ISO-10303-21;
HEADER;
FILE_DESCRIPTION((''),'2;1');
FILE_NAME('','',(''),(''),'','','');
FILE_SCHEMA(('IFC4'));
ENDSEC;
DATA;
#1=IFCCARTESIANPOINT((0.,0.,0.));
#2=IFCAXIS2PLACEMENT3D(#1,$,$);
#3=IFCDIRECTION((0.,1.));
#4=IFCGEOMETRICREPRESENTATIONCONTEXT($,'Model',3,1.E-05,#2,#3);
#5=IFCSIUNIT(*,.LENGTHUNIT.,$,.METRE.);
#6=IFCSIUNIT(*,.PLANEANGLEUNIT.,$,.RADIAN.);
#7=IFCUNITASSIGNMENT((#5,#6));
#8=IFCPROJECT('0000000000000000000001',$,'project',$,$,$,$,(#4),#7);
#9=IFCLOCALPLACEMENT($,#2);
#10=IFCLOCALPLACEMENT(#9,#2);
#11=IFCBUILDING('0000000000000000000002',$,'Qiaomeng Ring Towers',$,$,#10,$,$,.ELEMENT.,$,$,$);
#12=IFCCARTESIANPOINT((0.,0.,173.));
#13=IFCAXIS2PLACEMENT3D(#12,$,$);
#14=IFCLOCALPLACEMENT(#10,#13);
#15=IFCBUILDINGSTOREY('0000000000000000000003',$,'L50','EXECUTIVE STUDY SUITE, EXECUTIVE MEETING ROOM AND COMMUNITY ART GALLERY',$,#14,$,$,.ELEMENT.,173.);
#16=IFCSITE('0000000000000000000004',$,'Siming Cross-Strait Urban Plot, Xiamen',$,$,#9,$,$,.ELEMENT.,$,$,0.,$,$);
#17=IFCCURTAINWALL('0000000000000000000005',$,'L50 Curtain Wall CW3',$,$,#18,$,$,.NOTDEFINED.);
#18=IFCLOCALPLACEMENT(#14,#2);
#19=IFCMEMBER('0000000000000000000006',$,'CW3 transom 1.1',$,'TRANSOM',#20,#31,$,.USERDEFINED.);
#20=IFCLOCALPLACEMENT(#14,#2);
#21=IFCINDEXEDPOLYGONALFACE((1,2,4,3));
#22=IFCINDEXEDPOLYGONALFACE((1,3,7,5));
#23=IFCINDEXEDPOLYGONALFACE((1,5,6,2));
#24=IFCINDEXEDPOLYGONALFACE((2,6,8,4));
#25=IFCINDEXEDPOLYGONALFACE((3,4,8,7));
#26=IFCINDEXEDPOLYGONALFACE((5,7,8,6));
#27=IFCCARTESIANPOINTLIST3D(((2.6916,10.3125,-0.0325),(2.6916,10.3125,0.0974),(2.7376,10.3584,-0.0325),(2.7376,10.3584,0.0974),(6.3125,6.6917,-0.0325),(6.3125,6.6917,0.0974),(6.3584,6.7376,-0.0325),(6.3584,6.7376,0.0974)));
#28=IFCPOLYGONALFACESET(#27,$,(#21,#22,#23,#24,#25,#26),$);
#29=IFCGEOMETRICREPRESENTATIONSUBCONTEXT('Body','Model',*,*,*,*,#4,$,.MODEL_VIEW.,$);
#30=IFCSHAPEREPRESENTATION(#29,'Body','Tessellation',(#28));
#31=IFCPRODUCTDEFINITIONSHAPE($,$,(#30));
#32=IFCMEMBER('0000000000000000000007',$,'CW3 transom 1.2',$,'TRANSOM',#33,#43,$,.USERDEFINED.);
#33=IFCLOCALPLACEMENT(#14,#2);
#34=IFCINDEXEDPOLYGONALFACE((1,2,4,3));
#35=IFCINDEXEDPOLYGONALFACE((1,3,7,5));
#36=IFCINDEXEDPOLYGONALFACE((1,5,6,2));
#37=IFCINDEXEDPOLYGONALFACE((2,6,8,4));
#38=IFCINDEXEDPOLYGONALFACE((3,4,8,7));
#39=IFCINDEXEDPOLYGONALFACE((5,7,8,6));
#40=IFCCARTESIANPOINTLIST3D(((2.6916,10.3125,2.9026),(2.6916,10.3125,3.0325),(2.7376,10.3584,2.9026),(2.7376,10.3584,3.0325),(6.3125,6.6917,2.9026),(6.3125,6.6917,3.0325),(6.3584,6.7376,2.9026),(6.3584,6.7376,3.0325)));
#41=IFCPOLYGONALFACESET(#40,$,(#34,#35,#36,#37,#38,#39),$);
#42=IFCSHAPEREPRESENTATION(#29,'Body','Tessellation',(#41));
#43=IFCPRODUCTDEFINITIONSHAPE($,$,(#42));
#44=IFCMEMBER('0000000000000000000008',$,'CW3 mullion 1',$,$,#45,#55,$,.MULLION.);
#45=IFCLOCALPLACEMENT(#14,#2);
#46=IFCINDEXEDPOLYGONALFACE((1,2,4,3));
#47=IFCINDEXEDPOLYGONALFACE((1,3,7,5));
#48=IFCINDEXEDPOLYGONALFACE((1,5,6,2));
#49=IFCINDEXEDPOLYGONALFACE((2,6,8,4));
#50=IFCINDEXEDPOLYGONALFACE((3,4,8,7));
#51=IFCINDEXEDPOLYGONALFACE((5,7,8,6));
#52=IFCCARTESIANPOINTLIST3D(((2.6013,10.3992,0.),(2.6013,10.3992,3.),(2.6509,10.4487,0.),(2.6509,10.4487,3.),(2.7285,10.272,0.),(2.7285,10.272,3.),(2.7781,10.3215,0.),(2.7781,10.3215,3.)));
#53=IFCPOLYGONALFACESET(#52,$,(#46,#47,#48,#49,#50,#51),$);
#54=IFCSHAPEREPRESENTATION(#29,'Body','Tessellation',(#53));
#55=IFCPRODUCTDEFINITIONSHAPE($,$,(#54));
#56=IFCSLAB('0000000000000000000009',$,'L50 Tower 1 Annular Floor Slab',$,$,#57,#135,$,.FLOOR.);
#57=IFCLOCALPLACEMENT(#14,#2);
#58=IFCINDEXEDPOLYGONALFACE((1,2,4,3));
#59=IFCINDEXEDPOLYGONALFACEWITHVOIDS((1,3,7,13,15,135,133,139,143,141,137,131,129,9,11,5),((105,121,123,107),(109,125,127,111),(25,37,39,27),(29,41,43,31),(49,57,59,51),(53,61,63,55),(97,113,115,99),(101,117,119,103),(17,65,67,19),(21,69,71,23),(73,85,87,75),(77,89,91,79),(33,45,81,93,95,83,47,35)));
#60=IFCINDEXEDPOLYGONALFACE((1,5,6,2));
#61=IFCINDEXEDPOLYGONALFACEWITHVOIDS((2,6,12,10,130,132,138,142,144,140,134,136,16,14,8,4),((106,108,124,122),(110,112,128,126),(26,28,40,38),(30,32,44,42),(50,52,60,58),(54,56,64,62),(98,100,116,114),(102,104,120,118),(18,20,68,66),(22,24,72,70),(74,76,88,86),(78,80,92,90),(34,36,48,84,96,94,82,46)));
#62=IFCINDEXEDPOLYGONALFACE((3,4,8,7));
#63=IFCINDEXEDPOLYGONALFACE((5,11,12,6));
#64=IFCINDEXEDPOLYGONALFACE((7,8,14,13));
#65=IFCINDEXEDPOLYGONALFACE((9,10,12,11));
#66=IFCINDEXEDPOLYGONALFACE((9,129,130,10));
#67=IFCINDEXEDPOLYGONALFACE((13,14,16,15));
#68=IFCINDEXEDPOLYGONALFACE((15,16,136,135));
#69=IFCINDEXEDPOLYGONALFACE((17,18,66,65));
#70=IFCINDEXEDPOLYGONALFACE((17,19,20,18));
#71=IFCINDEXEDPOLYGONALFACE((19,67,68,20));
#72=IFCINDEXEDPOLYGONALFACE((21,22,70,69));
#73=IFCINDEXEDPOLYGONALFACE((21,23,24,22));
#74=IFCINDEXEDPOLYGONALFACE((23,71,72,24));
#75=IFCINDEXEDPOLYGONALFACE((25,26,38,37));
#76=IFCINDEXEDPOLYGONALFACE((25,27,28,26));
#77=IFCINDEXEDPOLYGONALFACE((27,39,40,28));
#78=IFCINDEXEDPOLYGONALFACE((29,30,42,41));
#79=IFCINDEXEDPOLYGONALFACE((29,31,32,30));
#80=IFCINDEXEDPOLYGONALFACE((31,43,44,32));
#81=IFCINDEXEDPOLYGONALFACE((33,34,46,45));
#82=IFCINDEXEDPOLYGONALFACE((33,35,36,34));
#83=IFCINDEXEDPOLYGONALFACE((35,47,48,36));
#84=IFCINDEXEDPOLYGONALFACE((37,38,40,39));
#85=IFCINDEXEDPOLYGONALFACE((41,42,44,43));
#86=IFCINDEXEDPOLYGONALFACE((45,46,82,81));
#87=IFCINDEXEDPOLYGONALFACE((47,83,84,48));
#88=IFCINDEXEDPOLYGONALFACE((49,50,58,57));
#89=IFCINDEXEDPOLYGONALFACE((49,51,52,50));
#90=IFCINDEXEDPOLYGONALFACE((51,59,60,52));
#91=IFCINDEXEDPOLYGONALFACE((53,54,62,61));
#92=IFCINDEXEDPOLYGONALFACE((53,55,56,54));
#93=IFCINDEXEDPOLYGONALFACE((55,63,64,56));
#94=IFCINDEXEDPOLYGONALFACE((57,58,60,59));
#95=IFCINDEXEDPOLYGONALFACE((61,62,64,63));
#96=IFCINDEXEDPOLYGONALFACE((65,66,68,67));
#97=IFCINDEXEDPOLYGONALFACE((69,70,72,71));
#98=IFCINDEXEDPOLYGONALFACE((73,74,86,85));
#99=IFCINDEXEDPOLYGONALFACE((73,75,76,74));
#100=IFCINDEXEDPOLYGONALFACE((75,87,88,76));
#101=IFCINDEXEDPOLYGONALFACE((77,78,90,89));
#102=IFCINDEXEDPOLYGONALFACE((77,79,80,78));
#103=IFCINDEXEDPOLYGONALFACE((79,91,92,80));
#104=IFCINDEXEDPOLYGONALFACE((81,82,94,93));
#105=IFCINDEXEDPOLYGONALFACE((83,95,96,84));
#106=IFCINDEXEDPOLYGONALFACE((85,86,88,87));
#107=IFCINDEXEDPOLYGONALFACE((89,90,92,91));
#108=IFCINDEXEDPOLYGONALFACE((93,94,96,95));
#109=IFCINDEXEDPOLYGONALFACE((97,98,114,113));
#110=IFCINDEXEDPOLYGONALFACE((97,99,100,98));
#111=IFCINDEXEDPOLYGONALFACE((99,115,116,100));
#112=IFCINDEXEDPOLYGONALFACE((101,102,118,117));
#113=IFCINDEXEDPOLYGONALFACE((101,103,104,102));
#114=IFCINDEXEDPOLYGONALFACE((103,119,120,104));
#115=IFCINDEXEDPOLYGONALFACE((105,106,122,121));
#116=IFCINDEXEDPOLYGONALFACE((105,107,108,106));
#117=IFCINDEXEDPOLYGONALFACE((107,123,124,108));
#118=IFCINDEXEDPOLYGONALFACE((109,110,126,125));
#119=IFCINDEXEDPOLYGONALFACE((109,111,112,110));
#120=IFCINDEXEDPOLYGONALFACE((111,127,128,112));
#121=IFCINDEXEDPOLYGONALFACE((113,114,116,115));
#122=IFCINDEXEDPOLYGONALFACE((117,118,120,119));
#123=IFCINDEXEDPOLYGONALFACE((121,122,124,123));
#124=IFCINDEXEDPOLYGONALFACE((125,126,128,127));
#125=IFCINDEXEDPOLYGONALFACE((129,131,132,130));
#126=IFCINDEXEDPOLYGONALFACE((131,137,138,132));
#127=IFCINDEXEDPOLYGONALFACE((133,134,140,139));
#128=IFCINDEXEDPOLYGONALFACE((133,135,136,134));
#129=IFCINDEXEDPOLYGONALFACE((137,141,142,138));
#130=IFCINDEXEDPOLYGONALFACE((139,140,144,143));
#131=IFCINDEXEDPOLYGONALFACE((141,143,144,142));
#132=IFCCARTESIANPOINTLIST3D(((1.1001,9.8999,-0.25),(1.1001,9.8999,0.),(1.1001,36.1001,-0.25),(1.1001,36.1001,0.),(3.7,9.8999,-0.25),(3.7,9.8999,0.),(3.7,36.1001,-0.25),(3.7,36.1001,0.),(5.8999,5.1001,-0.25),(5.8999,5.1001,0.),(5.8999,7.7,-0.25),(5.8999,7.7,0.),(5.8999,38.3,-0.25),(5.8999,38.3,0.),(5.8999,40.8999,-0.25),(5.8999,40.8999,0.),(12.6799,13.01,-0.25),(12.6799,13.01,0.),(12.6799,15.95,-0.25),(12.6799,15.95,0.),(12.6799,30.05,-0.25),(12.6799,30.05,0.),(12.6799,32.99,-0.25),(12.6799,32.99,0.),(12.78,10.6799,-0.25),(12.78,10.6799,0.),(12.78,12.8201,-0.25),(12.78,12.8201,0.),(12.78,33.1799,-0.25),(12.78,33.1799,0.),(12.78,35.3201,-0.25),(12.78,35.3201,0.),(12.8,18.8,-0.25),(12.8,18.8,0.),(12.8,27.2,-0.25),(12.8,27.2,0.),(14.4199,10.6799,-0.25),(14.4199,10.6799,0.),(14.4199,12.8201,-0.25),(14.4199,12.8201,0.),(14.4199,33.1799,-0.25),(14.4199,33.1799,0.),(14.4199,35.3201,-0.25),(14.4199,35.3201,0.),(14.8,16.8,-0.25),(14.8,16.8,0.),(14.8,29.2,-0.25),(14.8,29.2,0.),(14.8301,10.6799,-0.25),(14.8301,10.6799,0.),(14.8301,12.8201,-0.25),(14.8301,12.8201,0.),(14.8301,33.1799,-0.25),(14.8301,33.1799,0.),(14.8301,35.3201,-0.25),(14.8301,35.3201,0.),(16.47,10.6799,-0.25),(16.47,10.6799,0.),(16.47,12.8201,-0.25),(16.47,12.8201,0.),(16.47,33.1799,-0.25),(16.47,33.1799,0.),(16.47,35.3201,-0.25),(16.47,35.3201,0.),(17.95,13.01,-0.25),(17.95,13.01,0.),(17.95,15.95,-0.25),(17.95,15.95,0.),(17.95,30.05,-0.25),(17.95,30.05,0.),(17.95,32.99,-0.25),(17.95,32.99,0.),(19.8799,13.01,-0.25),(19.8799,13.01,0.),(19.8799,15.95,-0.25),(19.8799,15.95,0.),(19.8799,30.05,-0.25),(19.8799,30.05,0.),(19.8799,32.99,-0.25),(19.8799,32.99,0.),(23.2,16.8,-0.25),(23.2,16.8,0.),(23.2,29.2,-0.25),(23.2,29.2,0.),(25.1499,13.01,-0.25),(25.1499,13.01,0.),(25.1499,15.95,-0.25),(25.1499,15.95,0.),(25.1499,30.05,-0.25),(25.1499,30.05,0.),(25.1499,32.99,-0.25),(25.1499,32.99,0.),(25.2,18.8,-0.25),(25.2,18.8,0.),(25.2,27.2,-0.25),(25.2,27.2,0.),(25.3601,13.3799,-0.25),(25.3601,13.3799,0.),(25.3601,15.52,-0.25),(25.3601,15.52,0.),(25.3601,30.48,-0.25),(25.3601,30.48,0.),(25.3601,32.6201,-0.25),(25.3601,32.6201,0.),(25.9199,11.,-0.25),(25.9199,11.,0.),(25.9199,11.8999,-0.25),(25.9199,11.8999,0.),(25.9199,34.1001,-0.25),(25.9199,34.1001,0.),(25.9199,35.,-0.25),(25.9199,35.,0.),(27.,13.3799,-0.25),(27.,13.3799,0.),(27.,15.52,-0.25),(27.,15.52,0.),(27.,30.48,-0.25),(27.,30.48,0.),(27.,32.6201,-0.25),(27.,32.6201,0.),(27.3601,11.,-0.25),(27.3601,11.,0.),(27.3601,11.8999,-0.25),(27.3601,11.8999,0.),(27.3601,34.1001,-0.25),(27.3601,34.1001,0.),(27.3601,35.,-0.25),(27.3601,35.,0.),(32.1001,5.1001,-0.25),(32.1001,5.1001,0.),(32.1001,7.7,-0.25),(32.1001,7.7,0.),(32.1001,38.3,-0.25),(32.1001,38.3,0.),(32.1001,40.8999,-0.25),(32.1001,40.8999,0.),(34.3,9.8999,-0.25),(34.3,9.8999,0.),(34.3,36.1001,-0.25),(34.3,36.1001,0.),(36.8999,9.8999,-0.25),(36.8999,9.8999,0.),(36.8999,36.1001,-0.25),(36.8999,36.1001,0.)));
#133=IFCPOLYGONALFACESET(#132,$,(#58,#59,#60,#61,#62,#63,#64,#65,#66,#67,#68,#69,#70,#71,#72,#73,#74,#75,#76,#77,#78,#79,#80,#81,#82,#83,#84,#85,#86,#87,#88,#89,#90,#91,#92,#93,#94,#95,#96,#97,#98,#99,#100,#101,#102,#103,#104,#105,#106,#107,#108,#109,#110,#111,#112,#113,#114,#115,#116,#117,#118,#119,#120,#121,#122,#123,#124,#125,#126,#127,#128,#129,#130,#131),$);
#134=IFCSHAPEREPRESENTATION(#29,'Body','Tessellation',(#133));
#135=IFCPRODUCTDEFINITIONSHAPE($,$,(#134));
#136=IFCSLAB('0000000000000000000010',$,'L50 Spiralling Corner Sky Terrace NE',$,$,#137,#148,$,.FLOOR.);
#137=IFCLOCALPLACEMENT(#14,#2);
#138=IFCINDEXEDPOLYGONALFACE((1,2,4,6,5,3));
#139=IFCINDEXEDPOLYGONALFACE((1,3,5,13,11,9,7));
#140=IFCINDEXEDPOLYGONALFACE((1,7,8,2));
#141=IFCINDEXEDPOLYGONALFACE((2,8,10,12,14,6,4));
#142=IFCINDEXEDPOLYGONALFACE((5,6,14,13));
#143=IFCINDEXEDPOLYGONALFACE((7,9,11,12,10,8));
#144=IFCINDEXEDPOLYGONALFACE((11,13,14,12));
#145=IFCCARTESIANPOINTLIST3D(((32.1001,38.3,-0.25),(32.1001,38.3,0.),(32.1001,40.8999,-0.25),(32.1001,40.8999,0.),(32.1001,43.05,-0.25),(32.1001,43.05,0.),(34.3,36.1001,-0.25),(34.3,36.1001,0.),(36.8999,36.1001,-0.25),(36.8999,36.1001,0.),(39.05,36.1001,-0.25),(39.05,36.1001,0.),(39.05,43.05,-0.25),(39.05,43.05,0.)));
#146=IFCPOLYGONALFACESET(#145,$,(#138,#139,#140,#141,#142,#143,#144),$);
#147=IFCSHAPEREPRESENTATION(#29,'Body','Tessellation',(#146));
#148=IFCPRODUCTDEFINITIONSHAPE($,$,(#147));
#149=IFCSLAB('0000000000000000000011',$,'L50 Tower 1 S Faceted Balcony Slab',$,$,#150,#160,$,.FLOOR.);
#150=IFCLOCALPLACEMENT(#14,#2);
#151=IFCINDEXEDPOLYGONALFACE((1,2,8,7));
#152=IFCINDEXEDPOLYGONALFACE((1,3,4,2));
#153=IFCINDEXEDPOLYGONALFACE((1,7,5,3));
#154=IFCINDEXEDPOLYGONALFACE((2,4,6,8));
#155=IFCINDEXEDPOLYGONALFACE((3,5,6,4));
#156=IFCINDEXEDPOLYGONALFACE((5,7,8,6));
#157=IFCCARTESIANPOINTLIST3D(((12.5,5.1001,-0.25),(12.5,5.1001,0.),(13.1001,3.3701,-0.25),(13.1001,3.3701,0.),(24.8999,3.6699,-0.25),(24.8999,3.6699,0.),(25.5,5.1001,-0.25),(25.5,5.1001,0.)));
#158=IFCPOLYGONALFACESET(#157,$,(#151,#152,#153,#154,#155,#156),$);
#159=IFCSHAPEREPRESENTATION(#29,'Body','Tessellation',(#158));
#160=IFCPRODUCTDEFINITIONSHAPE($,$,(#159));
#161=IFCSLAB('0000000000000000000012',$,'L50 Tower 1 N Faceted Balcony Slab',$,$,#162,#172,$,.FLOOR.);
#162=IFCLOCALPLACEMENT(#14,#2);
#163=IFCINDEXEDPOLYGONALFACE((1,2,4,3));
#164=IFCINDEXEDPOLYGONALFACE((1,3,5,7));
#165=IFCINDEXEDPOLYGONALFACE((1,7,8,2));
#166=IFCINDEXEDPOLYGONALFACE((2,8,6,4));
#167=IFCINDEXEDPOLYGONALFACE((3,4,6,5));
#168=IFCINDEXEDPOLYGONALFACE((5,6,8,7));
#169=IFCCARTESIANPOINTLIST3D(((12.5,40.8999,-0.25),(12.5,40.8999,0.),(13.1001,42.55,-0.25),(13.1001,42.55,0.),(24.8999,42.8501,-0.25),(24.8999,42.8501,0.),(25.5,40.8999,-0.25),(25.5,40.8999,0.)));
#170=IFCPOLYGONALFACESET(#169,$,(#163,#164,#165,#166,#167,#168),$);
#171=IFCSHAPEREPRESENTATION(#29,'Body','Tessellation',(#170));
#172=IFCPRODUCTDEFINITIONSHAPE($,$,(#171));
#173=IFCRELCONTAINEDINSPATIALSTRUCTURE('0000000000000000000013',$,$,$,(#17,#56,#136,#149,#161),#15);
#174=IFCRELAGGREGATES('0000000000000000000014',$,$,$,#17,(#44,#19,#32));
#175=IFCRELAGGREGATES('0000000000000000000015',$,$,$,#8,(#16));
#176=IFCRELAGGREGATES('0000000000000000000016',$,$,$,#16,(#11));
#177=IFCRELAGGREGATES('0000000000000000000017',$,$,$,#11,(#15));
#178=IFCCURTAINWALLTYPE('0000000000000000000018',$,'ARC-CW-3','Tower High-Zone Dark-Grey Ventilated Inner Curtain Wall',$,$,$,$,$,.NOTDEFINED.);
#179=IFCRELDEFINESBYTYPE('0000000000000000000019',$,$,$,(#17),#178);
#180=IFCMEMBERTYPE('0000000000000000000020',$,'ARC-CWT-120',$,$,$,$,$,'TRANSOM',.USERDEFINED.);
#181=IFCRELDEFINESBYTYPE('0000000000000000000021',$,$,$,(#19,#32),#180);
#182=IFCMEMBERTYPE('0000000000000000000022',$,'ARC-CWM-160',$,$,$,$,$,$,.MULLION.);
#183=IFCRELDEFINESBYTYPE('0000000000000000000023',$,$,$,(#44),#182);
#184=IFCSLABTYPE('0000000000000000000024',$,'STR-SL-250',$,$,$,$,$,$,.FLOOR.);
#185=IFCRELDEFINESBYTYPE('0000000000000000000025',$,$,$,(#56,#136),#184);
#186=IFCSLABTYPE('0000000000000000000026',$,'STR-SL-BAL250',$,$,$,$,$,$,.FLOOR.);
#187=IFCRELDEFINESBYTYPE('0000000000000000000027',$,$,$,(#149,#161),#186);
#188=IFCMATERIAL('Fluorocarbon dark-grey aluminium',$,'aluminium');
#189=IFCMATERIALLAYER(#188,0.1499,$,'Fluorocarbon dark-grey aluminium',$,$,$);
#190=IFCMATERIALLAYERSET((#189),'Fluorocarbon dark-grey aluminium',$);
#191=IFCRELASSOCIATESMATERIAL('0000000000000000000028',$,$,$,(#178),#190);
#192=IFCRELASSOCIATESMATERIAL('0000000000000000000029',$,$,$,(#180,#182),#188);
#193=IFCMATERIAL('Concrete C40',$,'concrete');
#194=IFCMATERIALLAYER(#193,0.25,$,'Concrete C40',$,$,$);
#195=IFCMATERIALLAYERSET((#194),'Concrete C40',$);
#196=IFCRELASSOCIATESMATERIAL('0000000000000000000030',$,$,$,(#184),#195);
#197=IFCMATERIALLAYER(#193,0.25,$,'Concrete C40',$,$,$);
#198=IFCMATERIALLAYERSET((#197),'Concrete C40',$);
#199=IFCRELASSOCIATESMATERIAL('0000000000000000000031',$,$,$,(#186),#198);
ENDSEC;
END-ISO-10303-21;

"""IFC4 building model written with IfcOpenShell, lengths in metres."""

from ifc_helpers import new_model, si_unit, direction, frame, origin, origin_2d, place, context, subcontext, project, spatial, polyline, rectangle, outline, extrude, source, transform, mapped, material, layer, layer_set, material_profile, profile_set, type_object, element, aggregate, save


model = new_model("IFC4")

# Units and contexts
model_context = context("Model", 3, precision=1e-05, world=origin(), true_north=direction((0.0, 1.0)))
body_context = subcontext(model_context, "Body", "Model", "MODEL_VIEW")
ifc_project = project(units=[si_unit("LENGTHUNIT", "METRE"), si_unit("PLANEANGLEUNIT", "RADIAN")], contexts=[model_context])

# Site, building, storey
site_placement = place(None, origin())
site = spatial("IfcSite", under=ifc_project, at=site_placement, Name="Siming Cross-Strait Urban Plot, Xiamen", CompositionType="ELEMENT", RefElevation=0.0)
building_placement = place(site_placement, origin())
building = spatial("IfcBuilding", under=site, at=building_placement, Name="Qiaomeng Ring Towers", CompositionType="ELEMENT")
storey_placement = place(building_placement, frame((0.0, 0.0, 173.0)))
storey = spatial("IfcBuildingStorey", under=building, at=storey_placement, Name="L50", Description="EXECUTIVE STUDY SUITE, EXECUTIVE MEETING ROOM AND COMMUNITY ART GALLERY", CompositionType="ELEMENT", Elevation=173.0)

# Curtain wall, members
ifc_material_1 = material(Name="Fluorocarbon dark-grey aluminium", Category="aluminium")
ifc_layer_1 = layer(ifc_material_1, 0.1499, Name="Fluorocarbon dark-grey aluminium")
ifc_layer_set_1 = layer_set([ifc_layer_1], Name="Fluorocarbon dark-grey aluminium")
curtain_wall_type = type_object("IfcCurtainWallType", Name="ARC-CW-3", Description="Tower High-Zone Dark-Grey Ventilated Inner Curtain Wall", PredefinedType="NOTDEFINED", material=ifc_layer_set_1)
curtain_wall_placement = place(storey_placement, origin())
curtain_wall = element("IfcCurtainWall", 1, at=curtain_wall_placement, inside=storey, type_object=curtain_wall_type, Name="L50 Curtain Wall CW3", PredefinedType="NOTDEFINED")
ifc_material_profile_1 = material_profile(ifc_material_1, rectangle(XDim=0.0649, YDim=0.1299, at=origin_2d()), Name="ALU TRAN 65x130")
ifc_profile_set_1 = profile_set([ifc_material_profile_1], Name="Fluorocarbon dark-grey aluminium")
member_type_1 = type_object("IfcMemberType", Name="ARC-CWT-120", ElementType="TRANSOM", PredefinedType="USERDEFINED", material=ifc_profile_set_1)
shared_shape_1 = source(origin(), body_context, "Body", "SweptSolid", [
    extrude(rectangle(XDim=0.0649, YDim=0.1299, at=origin_2d()), origin(), (0.0, 0.0, 1.0), 5.1206),
])
member_1_placement = place(storey_placement, frame((2.7146, 10.3354, 0.0325), z_axis=(0.707107, -0.707107, 0.0), x_axis=(0.707107, 0.707107, 0.0)))
member_1 = element("IfcMember", 2, at=member_1_placement, type_object=member_type_1, Name="CW3 transom 1.1", ObjectType="TRANSOM", PredefinedType="USERDEFINED", context=body_context, shape_type="MappedRepresentation", body=[
    mapped(shared_shape_1, transform((0.0, 0.0, 0.0), x_axis=(1.0, 0.0, 0.0), y_axis=(0.0, 1.0, 0.0), z_axis=(0.0, 0.0, 1.0), scale=1.0)),
])
member_2_placement = place(storey_placement, frame((2.7146, 10.3354, 2.9675), z_axis=(0.707107, -0.707107, 0.0), x_axis=(0.707107, 0.707107, 0.0)))
member_2 = element("IfcMember", 3, at=member_2_placement, type_object=member_type_1, Name="CW3 transom 1.2", ObjectType="TRANSOM", PredefinedType="USERDEFINED", context=body_context, shape_type="MappedRepresentation", body=[
    mapped(shared_shape_1, transform((0.0, 0.0, 0.0), x_axis=(1.0, 0.0, 0.0), y_axis=(0.0, 1.0, 0.0), z_axis=(0.0, 0.0, 1.0), scale=1.0)),
])
ifc_material_profile_2 = material_profile(ifc_material_1, rectangle(XDim=0.0701, YDim=0.1799, at=origin_2d()), Name="ALU MULL 70x180")
ifc_profile_set_2 = profile_set([ifc_material_profile_2], Name="Fluorocarbon dark-grey aluminium")
member_type_2 = type_object("IfcMemberType", Name="ARC-CWM-160", PredefinedType="MULLION", material=ifc_profile_set_2)
shared_shape_2 = source(origin(), body_context, "Body", "SweptSolid", [
    extrude(rectangle(XDim=0.0701, YDim=0.1799, at=origin_2d()), origin(), (0.0, 0.0, 1.0), 3.0),
])
member_3_placement = place(storey_placement, frame((2.6897, 10.3604, 0.0), z_axis=(0.0, 0.0, 1.0), x_axis=(0.707107, 0.707107, 0.0)))
member_3 = element("IfcMember", 4, at=member_3_placement, type_object=member_type_2, Name="CW3 mullion 1", PredefinedType="MULLION", context=body_context, shape_type="MappedRepresentation", body=[
    mapped(shared_shape_2, transform((0.0, 0.0, 0.0), x_axis=(1.0, 0.0, 0.0), y_axis=(0.0, 1.0, 0.0), z_axis=(0.0, 0.0, 1.0), scale=1.0)),
])
aggregate(curtain_wall, [member_3, member_1, member_2])

# Slabs
ifc_material_2 = material(Name="Concrete C40", Category="concrete")
ifc_layer_2 = layer(ifc_material_2, 0.25, Name="Concrete C40")
ifc_layer_set_2 = layer_set([ifc_layer_2], Name="Concrete C40")
slab_type_1 = type_object("IfcSlabType", Name="STR-SL-250", PredefinedType="FLOOR", material=ifc_layer_set_2)
slab_1_placement = place(storey_placement, frame((0.0, 0.0, -0.25)))
element("IfcSlab", 5, at=slab_1_placement, inside=storey, type_object=slab_type_1, Name="L50 Tower 1 Annular Floor Slab", PredefinedType="FLOOR", context=body_context, shape_type="SweptSolid", body=[
    extrude(outline(polyline([(5.8999, 5.1001), (32.1001, 5.1001), (32.1001, 7.7), (34.3, 9.8999), (36.8999, 9.8999), (36.8999, 36.1001), (34.3, 36.1001), (32.1001, 38.3), (32.1001, 40.8999), (5.8999, 40.8999), (5.8999, 38.3), (3.7, 36.1001), (1.1001, 36.1001), (1.1001, 9.8999), (3.7, 9.8999), (5.8999, 7.7), (5.8999, 5.1001)]), holes=[polyline([(12.78, 10.6799), (12.78, 12.8201), (14.4199, 12.8201), (14.4199, 10.6799), (12.78, 10.6799)]), polyline([(14.8301, 12.8201), (16.47, 12.8201), (16.47, 10.6799), (14.8301, 10.6799), (14.8301, 12.8201)]), polyline([(12.6799, 15.95), (17.95, 15.95), (17.95, 13.01), (12.6799, 13.01), (12.6799, 15.95)]), polyline([(23.2, 29.2), (25.2, 27.2), (25.2, 18.8), (23.2, 16.8), (14.8, 16.8), (12.8, 18.8), (12.8, 27.2), (14.8, 29.2), (23.2, 29.2)]), polyline([(12.6799, 32.99), (17.95, 32.99), (17.95, 30.05), (12.6799, 30.05), (12.6799, 32.99)]), polyline([(12.78, 35.3201), (14.4199, 35.3201), (14.4199, 33.1799), (12.78, 33.1799), (12.78, 35.3201)]), polyline([(14.8301, 33.1799), (14.8301, 35.3201), (16.47, 35.3201), (16.47, 33.1799), (14.8301, 33.1799)]), polyline([(25.9199, 11.8999), (27.3601, 11.8999), (27.3601, 11.0), (25.9199, 11.0), (25.9199, 11.8999)]), polyline([(25.3601, 15.52), (27.0, 15.52), (27.0, 13.3799), (25.3601, 13.3799), (25.3601, 15.52)]), polyline([(19.8799, 15.95), (25.1499, 15.95), (25.1499, 13.01), (19.8799, 13.01), (19.8799, 15.95)]), polyline([(19.8799, 32.99), (25.1499, 32.99), (25.1499, 30.05), (19.8799, 30.05), (19.8799, 32.99)]), polyline([(25.3601, 32.6201), (27.0, 32.6201), (27.0, 30.48), (25.3601, 30.48), (25.3601, 32.6201)]), polyline([(25.9199, 35.0), (27.3601, 35.0), (27.3601, 34.1001), (25.9199, 34.1001), (25.9199, 35.0)])]), origin(), (0.0, 0.0, 1.0), 0.25),
])
slab_2_placement = place(storey_placement, frame((0.0, 0.0, -0.25)))
element("IfcSlab", 6, at=slab_2_placement, inside=storey, type_object=slab_type_1, Name="L50 Spiralling Corner Sky Terrace NE", PredefinedType="FLOOR", context=body_context, shape_type="SweptSolid", body=[
    extrude(outline(polyline([(32.1001, 43.05), (39.05, 43.05), (39.05, 36.1001), (36.8999, 36.1001), (34.3, 36.1001), (32.1001, 38.3), (32.1001, 40.8999), (32.1001, 43.05)])), origin(), (0.0, 0.0, 1.0), 0.25),
])
ifc_layer_3 = layer(ifc_material_2, 0.25, Name="Concrete C40")
ifc_layer_set_3 = layer_set([ifc_layer_3], Name="Concrete C40")
slab_type_2 = type_object("IfcSlabType", Name="STR-SL-BAL250", PredefinedType="FLOOR", material=ifc_layer_set_3)
slab_3_placement = place(storey_placement, frame((0.0, 0.0, -0.25)))
element("IfcSlab", 7, at=slab_3_placement, inside=storey, type_object=slab_type_2, Name="L50 Tower 1 S Faceted Balcony Slab", PredefinedType="FLOOR", context=body_context, shape_type="SweptSolid", body=[
    extrude(outline(polyline([(24.8999, 3.6699), (13.1001, 3.3701), (12.5, 5.1001), (25.5, 5.1001), (24.8999, 3.6699)])), origin(), (0.0, 0.0, 1.0), 0.25),
])
slab_4_placement = place(storey_placement, frame((0.0, 0.0, -0.25)))
element("IfcSlab", 8, at=slab_4_placement, inside=storey, type_object=slab_type_2, Name="L50 Tower 1 N Faceted Balcony Slab", PredefinedType="FLOOR", context=body_context, shape_type="SweptSolid", body=[
    extrude(outline(polyline([(12.5, 40.8999), (13.1001, 42.55), (24.8999, 42.8501), (25.5, 40.8999), (12.5, 40.8999)])), origin(), (0.0, 0.0, 1.0), 0.25),
])

save(model, "model.ifc")
